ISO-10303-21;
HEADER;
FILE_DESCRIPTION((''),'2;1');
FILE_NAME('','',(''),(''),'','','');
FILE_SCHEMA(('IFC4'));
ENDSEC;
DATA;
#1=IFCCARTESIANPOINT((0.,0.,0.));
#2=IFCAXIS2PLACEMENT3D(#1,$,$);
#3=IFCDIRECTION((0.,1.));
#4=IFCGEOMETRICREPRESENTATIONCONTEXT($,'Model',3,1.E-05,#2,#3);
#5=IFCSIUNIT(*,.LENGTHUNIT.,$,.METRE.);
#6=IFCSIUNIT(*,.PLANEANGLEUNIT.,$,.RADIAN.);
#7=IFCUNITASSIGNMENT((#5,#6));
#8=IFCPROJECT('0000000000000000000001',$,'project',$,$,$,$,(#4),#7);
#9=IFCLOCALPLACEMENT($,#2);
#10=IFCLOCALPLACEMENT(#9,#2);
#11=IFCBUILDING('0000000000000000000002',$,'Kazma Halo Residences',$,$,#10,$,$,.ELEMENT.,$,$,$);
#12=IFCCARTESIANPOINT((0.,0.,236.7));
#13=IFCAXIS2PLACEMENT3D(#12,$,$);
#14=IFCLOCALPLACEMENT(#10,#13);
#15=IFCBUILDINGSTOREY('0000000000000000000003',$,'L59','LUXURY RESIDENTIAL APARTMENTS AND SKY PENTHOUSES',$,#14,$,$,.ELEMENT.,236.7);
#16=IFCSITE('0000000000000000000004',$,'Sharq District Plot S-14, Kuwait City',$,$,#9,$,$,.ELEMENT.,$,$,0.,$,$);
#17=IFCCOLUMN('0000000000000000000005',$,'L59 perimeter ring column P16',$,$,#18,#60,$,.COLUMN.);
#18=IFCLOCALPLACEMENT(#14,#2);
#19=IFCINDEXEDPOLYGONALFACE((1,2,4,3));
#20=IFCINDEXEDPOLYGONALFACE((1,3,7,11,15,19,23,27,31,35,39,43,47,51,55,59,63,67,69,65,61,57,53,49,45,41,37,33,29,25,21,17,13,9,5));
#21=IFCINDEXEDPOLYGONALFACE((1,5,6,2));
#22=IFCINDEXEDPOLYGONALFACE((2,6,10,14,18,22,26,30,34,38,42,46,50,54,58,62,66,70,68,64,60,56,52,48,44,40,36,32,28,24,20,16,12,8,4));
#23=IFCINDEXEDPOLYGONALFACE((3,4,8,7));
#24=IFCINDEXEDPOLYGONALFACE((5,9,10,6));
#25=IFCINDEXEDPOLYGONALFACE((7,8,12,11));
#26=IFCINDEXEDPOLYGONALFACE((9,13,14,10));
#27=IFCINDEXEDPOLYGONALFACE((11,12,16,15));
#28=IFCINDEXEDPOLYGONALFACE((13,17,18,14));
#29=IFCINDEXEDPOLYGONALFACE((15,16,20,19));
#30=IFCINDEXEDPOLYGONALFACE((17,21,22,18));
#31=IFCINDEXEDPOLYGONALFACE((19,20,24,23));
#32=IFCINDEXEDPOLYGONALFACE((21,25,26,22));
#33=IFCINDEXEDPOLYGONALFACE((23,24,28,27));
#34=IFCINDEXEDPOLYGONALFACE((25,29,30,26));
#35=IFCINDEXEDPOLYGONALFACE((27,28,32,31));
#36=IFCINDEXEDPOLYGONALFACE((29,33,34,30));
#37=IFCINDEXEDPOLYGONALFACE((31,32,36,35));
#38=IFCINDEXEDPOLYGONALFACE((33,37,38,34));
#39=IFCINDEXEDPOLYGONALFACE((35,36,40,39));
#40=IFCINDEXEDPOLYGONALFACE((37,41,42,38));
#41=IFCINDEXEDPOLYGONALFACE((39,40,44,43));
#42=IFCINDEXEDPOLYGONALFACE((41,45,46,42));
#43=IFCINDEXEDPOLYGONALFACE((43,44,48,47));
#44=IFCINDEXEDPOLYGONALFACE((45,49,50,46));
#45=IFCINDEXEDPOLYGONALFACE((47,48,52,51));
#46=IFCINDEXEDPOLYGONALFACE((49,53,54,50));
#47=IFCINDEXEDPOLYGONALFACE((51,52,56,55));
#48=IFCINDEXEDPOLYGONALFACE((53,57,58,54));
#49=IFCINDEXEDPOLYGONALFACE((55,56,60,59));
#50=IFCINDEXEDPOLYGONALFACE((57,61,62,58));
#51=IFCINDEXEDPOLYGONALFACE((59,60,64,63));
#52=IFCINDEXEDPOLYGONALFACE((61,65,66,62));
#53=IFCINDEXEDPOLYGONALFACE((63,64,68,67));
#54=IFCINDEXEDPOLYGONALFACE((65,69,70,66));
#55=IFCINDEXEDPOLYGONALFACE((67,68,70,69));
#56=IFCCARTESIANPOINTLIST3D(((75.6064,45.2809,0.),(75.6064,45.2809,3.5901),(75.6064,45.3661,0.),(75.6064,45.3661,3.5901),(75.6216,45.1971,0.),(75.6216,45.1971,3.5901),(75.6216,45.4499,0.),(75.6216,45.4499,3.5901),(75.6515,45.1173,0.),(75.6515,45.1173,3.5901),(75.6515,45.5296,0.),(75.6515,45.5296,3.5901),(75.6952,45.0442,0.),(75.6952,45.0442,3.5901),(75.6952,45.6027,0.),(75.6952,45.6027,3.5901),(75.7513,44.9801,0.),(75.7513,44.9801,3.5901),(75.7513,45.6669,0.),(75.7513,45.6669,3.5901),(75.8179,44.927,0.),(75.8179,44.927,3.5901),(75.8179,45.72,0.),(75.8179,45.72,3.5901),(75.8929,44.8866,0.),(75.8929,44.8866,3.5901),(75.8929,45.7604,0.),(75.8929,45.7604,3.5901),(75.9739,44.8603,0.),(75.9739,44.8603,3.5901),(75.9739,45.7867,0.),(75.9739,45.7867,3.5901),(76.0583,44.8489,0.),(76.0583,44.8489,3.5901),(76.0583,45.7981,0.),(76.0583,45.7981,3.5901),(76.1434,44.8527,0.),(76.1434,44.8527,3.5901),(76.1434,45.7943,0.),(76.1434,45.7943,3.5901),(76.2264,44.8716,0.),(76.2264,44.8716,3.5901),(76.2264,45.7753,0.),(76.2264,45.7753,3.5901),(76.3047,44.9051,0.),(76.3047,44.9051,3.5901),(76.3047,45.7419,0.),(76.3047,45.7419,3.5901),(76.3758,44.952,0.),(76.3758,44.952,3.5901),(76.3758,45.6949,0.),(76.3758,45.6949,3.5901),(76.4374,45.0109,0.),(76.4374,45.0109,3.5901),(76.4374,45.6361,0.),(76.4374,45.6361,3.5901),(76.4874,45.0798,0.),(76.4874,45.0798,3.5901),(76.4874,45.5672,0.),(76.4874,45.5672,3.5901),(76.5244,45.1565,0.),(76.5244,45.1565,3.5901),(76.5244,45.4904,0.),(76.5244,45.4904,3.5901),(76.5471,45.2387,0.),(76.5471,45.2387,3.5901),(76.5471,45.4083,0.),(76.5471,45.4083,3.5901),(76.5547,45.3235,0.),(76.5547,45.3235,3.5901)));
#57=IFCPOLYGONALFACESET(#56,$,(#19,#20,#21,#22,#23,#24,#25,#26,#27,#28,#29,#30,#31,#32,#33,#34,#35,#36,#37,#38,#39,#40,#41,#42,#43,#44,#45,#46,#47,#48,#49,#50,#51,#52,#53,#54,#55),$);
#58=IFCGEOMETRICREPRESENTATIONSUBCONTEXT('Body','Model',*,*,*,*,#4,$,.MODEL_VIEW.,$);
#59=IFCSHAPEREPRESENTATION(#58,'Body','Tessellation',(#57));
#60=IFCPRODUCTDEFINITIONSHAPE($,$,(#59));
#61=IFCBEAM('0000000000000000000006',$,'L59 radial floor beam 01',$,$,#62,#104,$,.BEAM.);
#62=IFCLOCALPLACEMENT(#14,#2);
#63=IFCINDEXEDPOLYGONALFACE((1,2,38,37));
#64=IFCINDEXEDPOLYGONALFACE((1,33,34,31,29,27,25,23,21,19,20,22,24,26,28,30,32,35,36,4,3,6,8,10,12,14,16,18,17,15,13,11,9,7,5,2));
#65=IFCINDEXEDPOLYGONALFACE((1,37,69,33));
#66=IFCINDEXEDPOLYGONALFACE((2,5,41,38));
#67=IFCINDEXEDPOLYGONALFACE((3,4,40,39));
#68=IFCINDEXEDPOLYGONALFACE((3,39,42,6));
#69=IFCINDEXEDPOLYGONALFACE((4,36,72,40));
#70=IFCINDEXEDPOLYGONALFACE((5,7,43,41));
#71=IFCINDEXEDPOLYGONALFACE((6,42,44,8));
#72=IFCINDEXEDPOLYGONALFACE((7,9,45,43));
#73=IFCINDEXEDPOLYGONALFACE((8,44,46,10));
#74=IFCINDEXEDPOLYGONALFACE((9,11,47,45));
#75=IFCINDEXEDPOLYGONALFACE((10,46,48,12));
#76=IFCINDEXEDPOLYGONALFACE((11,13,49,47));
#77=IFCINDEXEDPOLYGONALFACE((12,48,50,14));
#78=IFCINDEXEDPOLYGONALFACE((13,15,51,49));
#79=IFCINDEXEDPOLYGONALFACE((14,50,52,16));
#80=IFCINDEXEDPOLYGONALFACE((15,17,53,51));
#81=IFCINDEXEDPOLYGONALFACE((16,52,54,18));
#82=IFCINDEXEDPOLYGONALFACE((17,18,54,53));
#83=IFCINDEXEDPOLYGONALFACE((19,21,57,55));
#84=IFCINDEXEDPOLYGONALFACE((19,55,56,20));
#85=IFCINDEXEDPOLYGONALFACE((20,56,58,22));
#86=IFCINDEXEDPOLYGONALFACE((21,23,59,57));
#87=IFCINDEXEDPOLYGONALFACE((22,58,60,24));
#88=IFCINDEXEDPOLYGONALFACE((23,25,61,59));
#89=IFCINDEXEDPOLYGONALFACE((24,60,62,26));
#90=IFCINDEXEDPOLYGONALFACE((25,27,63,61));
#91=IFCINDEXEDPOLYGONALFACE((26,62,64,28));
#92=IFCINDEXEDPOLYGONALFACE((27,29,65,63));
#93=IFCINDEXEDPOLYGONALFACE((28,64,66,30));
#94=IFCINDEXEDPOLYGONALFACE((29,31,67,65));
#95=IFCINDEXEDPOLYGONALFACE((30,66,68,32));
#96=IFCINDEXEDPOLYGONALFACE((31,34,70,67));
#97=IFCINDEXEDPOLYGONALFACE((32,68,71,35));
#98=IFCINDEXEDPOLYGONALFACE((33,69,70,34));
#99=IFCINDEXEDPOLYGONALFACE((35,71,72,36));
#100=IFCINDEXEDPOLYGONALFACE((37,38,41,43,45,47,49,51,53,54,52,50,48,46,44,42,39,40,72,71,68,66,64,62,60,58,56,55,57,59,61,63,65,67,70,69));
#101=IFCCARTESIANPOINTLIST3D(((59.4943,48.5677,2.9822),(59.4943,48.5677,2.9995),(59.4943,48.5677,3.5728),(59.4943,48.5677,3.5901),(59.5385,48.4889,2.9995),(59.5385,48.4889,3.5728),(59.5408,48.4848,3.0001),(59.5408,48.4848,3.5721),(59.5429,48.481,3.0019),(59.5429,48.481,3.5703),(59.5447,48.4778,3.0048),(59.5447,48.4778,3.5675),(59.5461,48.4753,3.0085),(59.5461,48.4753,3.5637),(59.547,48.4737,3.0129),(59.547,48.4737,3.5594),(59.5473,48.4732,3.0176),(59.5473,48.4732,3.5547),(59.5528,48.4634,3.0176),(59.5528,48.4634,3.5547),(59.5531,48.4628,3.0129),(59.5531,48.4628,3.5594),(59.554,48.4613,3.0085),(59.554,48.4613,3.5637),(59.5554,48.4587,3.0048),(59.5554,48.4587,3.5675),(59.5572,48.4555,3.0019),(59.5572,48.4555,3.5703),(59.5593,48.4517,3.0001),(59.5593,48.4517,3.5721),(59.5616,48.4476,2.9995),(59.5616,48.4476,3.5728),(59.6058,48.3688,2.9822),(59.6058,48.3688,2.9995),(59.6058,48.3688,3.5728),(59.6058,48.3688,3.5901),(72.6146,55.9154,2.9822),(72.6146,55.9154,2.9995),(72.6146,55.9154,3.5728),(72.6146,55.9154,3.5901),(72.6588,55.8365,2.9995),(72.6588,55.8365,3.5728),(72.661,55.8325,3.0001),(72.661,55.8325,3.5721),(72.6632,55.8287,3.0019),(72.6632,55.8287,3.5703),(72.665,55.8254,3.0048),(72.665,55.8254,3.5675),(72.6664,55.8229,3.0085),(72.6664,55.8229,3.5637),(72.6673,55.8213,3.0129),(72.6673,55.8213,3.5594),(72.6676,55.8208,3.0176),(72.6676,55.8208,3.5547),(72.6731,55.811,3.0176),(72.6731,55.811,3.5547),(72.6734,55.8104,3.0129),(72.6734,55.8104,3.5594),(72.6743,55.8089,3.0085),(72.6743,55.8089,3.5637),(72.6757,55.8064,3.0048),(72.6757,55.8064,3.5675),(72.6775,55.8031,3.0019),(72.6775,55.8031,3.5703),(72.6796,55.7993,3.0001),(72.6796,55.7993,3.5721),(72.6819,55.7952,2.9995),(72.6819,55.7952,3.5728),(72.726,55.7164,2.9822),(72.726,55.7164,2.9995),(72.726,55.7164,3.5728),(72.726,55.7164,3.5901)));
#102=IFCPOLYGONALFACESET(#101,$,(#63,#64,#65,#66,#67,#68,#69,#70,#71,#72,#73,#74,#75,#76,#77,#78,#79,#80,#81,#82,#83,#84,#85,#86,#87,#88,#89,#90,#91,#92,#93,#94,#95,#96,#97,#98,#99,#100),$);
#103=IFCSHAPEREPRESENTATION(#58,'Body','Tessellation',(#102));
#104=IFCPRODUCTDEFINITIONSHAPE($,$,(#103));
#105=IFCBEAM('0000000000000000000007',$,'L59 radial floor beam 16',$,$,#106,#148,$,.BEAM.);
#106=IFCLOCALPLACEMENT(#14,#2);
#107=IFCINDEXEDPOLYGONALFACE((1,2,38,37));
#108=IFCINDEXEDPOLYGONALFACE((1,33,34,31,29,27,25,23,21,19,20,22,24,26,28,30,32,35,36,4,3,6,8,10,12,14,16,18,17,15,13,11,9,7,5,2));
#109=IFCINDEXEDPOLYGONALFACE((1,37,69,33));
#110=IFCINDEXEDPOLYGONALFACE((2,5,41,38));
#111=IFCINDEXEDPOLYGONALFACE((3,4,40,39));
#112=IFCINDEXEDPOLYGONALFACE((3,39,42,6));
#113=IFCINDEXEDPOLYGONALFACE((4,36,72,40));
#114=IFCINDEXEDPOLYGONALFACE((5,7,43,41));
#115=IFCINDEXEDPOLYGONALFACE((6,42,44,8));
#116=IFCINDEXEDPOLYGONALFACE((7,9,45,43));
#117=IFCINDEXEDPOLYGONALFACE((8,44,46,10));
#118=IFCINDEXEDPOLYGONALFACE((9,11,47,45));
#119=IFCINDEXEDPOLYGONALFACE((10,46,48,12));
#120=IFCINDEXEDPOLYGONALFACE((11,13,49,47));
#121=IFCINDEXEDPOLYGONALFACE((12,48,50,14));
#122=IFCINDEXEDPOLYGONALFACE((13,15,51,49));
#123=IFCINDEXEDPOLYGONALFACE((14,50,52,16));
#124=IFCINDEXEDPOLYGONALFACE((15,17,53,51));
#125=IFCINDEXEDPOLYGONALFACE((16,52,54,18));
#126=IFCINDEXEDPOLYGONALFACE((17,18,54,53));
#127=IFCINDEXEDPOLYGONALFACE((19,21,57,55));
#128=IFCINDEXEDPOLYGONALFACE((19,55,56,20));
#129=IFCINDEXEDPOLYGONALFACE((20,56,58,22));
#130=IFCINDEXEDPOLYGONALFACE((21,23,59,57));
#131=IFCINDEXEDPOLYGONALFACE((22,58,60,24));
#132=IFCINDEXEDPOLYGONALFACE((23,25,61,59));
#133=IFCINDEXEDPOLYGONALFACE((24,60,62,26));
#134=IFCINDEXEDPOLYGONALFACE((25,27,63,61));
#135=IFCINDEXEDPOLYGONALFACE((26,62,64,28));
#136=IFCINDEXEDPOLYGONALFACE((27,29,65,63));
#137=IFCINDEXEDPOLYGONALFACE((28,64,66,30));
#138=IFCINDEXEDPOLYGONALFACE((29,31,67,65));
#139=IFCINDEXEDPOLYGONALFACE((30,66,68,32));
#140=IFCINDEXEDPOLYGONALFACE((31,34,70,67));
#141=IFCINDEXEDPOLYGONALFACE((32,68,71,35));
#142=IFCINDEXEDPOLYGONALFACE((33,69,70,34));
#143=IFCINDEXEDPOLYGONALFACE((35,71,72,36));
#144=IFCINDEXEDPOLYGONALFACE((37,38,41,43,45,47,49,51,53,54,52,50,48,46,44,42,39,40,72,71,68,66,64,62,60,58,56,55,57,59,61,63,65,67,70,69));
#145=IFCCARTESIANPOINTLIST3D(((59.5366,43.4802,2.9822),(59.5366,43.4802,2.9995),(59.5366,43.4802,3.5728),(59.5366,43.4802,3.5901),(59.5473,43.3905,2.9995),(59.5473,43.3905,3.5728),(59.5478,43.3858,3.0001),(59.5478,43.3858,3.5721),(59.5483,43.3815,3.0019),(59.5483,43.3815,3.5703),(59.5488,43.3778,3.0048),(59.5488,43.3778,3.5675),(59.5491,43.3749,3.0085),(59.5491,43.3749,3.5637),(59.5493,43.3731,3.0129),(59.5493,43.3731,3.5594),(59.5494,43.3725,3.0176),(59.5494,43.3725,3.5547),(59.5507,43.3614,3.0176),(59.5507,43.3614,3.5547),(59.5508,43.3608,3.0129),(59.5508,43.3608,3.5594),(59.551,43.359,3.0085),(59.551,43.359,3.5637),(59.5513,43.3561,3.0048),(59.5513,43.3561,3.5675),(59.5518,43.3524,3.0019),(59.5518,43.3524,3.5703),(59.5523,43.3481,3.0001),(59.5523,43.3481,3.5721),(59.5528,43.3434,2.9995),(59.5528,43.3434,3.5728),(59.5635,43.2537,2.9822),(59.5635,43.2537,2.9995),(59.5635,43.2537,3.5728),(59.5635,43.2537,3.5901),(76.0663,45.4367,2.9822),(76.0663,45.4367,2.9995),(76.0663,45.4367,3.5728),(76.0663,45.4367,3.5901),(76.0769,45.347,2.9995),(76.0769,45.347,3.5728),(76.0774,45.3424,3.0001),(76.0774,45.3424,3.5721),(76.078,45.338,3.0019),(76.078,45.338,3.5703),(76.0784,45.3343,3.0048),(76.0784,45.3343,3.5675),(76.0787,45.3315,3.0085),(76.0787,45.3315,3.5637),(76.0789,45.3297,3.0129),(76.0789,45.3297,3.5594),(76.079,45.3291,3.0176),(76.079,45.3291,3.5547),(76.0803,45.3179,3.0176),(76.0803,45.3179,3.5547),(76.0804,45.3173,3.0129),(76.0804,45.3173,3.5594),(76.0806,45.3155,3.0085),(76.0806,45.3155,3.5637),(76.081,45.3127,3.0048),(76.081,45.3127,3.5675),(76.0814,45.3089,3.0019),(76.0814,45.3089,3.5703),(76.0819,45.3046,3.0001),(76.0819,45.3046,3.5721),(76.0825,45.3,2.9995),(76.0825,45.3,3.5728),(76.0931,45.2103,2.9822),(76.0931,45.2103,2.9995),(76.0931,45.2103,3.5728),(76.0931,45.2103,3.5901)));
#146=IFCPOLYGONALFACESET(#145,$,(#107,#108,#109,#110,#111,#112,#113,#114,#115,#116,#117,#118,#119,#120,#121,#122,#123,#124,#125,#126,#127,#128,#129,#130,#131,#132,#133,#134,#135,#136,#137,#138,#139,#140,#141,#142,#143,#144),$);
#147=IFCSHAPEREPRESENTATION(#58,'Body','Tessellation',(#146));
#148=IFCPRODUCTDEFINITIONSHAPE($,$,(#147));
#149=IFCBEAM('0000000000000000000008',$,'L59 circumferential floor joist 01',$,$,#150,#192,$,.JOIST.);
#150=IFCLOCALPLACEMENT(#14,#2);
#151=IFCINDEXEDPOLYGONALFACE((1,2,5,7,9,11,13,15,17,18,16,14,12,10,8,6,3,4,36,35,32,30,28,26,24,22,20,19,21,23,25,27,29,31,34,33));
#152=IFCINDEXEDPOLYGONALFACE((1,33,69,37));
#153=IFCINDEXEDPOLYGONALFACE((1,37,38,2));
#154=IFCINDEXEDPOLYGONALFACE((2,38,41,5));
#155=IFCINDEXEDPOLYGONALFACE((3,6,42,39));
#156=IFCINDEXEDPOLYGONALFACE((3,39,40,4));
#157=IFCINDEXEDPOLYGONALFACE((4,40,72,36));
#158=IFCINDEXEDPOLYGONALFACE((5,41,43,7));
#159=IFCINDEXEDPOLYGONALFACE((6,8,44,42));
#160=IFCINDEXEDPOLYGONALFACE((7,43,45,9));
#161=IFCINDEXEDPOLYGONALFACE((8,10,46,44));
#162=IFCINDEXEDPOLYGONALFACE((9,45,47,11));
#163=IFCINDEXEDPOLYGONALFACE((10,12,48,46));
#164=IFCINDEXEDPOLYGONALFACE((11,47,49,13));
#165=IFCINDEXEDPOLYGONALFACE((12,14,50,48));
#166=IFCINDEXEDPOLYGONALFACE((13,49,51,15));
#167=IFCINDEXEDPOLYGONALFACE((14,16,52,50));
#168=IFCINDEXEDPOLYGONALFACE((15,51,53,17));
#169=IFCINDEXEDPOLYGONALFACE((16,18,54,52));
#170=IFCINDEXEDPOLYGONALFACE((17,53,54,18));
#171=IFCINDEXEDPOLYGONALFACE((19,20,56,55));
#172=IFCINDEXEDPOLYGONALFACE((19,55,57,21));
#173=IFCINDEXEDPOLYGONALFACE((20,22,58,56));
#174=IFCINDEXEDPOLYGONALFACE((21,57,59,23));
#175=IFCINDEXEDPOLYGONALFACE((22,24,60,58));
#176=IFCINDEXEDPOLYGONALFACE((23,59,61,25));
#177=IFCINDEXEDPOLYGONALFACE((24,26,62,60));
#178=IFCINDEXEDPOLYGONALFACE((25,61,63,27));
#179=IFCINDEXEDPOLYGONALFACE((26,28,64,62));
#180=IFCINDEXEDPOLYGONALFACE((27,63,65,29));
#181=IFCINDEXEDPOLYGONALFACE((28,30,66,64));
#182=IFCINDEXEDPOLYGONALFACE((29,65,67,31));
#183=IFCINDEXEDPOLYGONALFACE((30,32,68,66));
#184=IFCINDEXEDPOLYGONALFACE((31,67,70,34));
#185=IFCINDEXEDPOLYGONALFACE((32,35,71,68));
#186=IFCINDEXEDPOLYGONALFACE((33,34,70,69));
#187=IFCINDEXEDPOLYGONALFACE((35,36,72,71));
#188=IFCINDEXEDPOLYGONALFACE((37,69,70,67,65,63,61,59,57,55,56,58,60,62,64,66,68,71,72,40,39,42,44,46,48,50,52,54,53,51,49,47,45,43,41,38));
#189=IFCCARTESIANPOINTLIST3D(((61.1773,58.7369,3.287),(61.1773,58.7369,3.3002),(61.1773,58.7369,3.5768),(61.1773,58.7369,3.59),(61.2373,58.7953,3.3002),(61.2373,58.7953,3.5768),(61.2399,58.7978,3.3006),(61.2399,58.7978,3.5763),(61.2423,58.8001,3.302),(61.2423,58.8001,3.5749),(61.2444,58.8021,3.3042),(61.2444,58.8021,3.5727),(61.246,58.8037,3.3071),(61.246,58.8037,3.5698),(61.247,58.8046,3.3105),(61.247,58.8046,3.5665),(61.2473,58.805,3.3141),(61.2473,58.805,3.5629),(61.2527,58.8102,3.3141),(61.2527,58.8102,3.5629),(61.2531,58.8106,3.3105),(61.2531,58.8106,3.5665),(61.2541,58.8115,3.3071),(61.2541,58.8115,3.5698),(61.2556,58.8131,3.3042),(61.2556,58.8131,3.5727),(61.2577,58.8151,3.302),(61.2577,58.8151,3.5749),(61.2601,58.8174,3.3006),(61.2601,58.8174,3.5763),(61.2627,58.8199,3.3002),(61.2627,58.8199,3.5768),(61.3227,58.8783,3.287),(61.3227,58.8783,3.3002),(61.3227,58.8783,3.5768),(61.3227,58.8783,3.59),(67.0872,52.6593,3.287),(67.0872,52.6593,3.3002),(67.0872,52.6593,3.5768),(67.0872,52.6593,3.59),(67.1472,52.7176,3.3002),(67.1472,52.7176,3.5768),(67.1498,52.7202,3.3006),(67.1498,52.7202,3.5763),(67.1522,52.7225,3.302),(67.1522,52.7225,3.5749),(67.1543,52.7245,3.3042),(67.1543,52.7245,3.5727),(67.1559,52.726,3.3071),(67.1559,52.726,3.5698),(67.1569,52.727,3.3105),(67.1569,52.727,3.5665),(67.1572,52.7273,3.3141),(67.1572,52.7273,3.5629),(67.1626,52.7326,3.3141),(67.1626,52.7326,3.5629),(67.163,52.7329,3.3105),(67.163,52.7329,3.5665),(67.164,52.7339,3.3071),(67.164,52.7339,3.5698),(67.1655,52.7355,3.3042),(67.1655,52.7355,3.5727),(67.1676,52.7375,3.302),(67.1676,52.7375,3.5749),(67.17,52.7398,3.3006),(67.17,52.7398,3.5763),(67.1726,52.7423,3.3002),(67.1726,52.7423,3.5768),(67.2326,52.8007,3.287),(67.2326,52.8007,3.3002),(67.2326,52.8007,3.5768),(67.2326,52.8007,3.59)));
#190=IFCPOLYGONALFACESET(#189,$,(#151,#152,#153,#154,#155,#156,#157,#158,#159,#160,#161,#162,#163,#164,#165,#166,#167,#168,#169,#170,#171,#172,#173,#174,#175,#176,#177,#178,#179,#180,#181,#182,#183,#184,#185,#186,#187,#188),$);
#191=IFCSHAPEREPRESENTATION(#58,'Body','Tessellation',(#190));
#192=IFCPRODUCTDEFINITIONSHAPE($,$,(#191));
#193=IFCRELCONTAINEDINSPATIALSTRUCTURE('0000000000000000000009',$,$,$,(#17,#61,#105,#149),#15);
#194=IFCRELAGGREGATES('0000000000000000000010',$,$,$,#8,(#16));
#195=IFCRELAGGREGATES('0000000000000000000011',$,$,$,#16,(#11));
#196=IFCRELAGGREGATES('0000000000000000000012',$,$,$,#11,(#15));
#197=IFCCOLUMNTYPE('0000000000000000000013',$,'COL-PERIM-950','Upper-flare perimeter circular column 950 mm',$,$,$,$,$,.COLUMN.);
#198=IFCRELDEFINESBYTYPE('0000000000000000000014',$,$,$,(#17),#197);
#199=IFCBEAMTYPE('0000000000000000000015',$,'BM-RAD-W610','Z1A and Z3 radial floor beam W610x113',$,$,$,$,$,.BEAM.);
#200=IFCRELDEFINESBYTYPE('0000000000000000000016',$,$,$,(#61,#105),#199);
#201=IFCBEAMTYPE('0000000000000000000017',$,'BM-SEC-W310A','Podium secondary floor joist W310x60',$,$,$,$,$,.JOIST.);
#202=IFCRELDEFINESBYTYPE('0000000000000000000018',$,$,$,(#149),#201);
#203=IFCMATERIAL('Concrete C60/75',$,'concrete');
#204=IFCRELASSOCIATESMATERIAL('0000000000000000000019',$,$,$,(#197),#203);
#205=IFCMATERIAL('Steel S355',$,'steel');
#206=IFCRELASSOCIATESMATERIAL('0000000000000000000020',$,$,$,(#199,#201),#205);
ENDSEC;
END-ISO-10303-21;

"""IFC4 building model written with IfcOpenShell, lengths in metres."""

from ifc_helpers import new_model, si_unit, direction, frame, origin, origin_2d, place, context, subcontext, project, spatial, circle, i_section, extrude, material, material_profile, profile_set, type_object, element, save


model = new_model("IFC4")

# Units and contexts
model_context = context("Model", 3, precision=1e-05, world=origin(), true_north=direction((0.0, 1.0)))
body_context = subcontext(model_context, "Body", "Model", "MODEL_VIEW")
ifc_project = project(units=[si_unit("LENGTHUNIT", "METRE"), si_unit("PLANEANGLEUNIT", "RADIAN")], contexts=[model_context])

# Site, building, storey
site_placement = place(None, origin())
site = spatial("IfcSite", under=ifc_project, at=site_placement, Name="Sharq District Plot S-14, Kuwait City", CompositionType="ELEMENT", RefElevation=0.0)
building_placement = place(site_placement, origin())
building = spatial("IfcBuilding", under=site, at=building_placement, Name="Kazma Halo Residences", CompositionType="ELEMENT")
storey_placement = place(building_placement, frame((0.0, 0.0, 236.7)))
storey = spatial("IfcBuildingStorey", under=building, at=storey_placement, Name="L59", Description="LUXURY RESIDENTIAL APARTMENTS AND SKY PENTHOUSES", CompositionType="ELEMENT", Elevation=236.7)

# Column
ifc_material_1 = material(Name="Concrete C60/75", Category="concrete")
ifc_material_profile_1 = material_profile(ifc_material_1, circle(Radius=0.4751, at=origin_2d()), Name="CIRC950")
ifc_profile_set_1 = profile_set([ifc_material_profile_1], Name="Concrete C60/75")
column_type = type_object("IfcColumnType", Name="COL-PERIM-950", Description="Upper-flare perimeter circular column 950 mm", PredefinedType="COLUMN", material=ifc_profile_set_1)
column_placement = place(storey_placement, frame((76.0796, 45.3235, 0.0), z_axis=(0.0, 0.0, 1.0), x_axis=(1.0, 0.0, 0.0)))
element("IfcColumn", 1, at=column_placement, inside=storey, type_object=column_type, Name="L59 perimeter ring column P16", PredefinedType="COLUMN", context=body_context, shape_type="SweptSolid", body=[
    extrude(circle(Radius=0.4751, at=origin_2d()), origin(), (0.0, 0.0, 1.0), 3.5901),
])

# Beams
ifc_material_2 = material(Name="Steel S355", Category="steel")
ifc_material_profile_2 = material_profile(ifc_material_2, i_section(OverallWidth=0.228, OverallDepth=0.6079, WebThickness=0.0112, FlangeThickness=0.0173, FilletRadius=0.0181, at=origin_2d()), Name="W610x113")
ifc_profile_set_2 = profile_set([ifc_material_profile_2], Name="Steel S355")
beam_type_1 = type_object("IfcBeamType", Name="BM-RAD-W610", Description="Z1A and Z3 radial floor beam W610x113", PredefinedType="BEAM", material=ifc_profile_set_2)
beam_1_placement = place(storey_placement, frame((59.55, 48.4683, 3.2861), z_axis=(0.872499, 0.488616, 0.0), x_axis=(-0.488616, 0.872499, 0.0)))
element("IfcBeam", 2, at=beam_1_placement, inside=storey, type_object=beam_type_1, Name="L59 radial floor beam 01", PredefinedType="BEAM", context=body_context, shape_type="SweptSolid", body=[
    extrude(i_section(OverallWidth=0.228, OverallDepth=0.6079, WebThickness=0.0112, FlangeThickness=0.0173, FilletRadius=0.0181, at=origin_2d()), origin(), (0.0, 0.0, 1.0), 15.0376),
])
beam_2_placement = place(storey_placement, frame((59.55, 43.3669, 3.2861), z_axis=(0.993067, 0.117546, 0.0), x_axis=(-0.117546, 0.993067, 0.0)))
element("IfcBeam", 3, at=beam_2_placement, inside=storey, type_object=beam_type_1, Name="L59 radial floor beam 16", PredefinedType="BEAM", context=body_context, shape_type="SweptSolid", body=[
    extrude(i_section(OverallWidth=0.228, OverallDepth=0.6079, WebThickness=0.0112, FlangeThickness=0.0173, FilletRadius=0.0181, at=origin_2d()), origin(), (0.0, 0.0, 1.0), 16.645),
])
ifc_material_profile_3 = material_profile(ifc_material_2, i_section(OverallWidth=0.2029, OverallDepth=0.303, WebThickness=0.0076, FlangeThickness=0.0132, FilletRadius=0.0139, at=origin_2d()), Name="W310x60")
ifc_profile_set_3 = profile_set([ifc_material_profile_3], Name="Steel S355")
beam_type_2 = type_object("IfcBeamType", Name="BM-SEC-W310A", Description="Podium secondary floor joist W310x60", PredefinedType="JOIST", material=ifc_profile_set_3)
beam_3_placement = place(storey_placement, frame((67.1599, 52.73, 3.4385), z_axis=(-0.697145, 0.71693, 0.0), x_axis=(-0.71693, -0.697145, 0.0)))
element("IfcBeam", 4, at=beam_3_placement, inside=storey, type_object=beam_type_2, Name="L59 circumferential floor joist 01", PredefinedType="JOIST", context=body_context, shape_type="SweptSolid", body=[
    extrude(i_section(OverallWidth=0.2029, OverallDepth=0.303, WebThickness=0.0076, FlangeThickness=0.0132, FilletRadius=0.0139, at=origin_2d()), origin(), (0.0, 0.0, 1.0), 8.4773),
])

save(model, "model.ifc")
